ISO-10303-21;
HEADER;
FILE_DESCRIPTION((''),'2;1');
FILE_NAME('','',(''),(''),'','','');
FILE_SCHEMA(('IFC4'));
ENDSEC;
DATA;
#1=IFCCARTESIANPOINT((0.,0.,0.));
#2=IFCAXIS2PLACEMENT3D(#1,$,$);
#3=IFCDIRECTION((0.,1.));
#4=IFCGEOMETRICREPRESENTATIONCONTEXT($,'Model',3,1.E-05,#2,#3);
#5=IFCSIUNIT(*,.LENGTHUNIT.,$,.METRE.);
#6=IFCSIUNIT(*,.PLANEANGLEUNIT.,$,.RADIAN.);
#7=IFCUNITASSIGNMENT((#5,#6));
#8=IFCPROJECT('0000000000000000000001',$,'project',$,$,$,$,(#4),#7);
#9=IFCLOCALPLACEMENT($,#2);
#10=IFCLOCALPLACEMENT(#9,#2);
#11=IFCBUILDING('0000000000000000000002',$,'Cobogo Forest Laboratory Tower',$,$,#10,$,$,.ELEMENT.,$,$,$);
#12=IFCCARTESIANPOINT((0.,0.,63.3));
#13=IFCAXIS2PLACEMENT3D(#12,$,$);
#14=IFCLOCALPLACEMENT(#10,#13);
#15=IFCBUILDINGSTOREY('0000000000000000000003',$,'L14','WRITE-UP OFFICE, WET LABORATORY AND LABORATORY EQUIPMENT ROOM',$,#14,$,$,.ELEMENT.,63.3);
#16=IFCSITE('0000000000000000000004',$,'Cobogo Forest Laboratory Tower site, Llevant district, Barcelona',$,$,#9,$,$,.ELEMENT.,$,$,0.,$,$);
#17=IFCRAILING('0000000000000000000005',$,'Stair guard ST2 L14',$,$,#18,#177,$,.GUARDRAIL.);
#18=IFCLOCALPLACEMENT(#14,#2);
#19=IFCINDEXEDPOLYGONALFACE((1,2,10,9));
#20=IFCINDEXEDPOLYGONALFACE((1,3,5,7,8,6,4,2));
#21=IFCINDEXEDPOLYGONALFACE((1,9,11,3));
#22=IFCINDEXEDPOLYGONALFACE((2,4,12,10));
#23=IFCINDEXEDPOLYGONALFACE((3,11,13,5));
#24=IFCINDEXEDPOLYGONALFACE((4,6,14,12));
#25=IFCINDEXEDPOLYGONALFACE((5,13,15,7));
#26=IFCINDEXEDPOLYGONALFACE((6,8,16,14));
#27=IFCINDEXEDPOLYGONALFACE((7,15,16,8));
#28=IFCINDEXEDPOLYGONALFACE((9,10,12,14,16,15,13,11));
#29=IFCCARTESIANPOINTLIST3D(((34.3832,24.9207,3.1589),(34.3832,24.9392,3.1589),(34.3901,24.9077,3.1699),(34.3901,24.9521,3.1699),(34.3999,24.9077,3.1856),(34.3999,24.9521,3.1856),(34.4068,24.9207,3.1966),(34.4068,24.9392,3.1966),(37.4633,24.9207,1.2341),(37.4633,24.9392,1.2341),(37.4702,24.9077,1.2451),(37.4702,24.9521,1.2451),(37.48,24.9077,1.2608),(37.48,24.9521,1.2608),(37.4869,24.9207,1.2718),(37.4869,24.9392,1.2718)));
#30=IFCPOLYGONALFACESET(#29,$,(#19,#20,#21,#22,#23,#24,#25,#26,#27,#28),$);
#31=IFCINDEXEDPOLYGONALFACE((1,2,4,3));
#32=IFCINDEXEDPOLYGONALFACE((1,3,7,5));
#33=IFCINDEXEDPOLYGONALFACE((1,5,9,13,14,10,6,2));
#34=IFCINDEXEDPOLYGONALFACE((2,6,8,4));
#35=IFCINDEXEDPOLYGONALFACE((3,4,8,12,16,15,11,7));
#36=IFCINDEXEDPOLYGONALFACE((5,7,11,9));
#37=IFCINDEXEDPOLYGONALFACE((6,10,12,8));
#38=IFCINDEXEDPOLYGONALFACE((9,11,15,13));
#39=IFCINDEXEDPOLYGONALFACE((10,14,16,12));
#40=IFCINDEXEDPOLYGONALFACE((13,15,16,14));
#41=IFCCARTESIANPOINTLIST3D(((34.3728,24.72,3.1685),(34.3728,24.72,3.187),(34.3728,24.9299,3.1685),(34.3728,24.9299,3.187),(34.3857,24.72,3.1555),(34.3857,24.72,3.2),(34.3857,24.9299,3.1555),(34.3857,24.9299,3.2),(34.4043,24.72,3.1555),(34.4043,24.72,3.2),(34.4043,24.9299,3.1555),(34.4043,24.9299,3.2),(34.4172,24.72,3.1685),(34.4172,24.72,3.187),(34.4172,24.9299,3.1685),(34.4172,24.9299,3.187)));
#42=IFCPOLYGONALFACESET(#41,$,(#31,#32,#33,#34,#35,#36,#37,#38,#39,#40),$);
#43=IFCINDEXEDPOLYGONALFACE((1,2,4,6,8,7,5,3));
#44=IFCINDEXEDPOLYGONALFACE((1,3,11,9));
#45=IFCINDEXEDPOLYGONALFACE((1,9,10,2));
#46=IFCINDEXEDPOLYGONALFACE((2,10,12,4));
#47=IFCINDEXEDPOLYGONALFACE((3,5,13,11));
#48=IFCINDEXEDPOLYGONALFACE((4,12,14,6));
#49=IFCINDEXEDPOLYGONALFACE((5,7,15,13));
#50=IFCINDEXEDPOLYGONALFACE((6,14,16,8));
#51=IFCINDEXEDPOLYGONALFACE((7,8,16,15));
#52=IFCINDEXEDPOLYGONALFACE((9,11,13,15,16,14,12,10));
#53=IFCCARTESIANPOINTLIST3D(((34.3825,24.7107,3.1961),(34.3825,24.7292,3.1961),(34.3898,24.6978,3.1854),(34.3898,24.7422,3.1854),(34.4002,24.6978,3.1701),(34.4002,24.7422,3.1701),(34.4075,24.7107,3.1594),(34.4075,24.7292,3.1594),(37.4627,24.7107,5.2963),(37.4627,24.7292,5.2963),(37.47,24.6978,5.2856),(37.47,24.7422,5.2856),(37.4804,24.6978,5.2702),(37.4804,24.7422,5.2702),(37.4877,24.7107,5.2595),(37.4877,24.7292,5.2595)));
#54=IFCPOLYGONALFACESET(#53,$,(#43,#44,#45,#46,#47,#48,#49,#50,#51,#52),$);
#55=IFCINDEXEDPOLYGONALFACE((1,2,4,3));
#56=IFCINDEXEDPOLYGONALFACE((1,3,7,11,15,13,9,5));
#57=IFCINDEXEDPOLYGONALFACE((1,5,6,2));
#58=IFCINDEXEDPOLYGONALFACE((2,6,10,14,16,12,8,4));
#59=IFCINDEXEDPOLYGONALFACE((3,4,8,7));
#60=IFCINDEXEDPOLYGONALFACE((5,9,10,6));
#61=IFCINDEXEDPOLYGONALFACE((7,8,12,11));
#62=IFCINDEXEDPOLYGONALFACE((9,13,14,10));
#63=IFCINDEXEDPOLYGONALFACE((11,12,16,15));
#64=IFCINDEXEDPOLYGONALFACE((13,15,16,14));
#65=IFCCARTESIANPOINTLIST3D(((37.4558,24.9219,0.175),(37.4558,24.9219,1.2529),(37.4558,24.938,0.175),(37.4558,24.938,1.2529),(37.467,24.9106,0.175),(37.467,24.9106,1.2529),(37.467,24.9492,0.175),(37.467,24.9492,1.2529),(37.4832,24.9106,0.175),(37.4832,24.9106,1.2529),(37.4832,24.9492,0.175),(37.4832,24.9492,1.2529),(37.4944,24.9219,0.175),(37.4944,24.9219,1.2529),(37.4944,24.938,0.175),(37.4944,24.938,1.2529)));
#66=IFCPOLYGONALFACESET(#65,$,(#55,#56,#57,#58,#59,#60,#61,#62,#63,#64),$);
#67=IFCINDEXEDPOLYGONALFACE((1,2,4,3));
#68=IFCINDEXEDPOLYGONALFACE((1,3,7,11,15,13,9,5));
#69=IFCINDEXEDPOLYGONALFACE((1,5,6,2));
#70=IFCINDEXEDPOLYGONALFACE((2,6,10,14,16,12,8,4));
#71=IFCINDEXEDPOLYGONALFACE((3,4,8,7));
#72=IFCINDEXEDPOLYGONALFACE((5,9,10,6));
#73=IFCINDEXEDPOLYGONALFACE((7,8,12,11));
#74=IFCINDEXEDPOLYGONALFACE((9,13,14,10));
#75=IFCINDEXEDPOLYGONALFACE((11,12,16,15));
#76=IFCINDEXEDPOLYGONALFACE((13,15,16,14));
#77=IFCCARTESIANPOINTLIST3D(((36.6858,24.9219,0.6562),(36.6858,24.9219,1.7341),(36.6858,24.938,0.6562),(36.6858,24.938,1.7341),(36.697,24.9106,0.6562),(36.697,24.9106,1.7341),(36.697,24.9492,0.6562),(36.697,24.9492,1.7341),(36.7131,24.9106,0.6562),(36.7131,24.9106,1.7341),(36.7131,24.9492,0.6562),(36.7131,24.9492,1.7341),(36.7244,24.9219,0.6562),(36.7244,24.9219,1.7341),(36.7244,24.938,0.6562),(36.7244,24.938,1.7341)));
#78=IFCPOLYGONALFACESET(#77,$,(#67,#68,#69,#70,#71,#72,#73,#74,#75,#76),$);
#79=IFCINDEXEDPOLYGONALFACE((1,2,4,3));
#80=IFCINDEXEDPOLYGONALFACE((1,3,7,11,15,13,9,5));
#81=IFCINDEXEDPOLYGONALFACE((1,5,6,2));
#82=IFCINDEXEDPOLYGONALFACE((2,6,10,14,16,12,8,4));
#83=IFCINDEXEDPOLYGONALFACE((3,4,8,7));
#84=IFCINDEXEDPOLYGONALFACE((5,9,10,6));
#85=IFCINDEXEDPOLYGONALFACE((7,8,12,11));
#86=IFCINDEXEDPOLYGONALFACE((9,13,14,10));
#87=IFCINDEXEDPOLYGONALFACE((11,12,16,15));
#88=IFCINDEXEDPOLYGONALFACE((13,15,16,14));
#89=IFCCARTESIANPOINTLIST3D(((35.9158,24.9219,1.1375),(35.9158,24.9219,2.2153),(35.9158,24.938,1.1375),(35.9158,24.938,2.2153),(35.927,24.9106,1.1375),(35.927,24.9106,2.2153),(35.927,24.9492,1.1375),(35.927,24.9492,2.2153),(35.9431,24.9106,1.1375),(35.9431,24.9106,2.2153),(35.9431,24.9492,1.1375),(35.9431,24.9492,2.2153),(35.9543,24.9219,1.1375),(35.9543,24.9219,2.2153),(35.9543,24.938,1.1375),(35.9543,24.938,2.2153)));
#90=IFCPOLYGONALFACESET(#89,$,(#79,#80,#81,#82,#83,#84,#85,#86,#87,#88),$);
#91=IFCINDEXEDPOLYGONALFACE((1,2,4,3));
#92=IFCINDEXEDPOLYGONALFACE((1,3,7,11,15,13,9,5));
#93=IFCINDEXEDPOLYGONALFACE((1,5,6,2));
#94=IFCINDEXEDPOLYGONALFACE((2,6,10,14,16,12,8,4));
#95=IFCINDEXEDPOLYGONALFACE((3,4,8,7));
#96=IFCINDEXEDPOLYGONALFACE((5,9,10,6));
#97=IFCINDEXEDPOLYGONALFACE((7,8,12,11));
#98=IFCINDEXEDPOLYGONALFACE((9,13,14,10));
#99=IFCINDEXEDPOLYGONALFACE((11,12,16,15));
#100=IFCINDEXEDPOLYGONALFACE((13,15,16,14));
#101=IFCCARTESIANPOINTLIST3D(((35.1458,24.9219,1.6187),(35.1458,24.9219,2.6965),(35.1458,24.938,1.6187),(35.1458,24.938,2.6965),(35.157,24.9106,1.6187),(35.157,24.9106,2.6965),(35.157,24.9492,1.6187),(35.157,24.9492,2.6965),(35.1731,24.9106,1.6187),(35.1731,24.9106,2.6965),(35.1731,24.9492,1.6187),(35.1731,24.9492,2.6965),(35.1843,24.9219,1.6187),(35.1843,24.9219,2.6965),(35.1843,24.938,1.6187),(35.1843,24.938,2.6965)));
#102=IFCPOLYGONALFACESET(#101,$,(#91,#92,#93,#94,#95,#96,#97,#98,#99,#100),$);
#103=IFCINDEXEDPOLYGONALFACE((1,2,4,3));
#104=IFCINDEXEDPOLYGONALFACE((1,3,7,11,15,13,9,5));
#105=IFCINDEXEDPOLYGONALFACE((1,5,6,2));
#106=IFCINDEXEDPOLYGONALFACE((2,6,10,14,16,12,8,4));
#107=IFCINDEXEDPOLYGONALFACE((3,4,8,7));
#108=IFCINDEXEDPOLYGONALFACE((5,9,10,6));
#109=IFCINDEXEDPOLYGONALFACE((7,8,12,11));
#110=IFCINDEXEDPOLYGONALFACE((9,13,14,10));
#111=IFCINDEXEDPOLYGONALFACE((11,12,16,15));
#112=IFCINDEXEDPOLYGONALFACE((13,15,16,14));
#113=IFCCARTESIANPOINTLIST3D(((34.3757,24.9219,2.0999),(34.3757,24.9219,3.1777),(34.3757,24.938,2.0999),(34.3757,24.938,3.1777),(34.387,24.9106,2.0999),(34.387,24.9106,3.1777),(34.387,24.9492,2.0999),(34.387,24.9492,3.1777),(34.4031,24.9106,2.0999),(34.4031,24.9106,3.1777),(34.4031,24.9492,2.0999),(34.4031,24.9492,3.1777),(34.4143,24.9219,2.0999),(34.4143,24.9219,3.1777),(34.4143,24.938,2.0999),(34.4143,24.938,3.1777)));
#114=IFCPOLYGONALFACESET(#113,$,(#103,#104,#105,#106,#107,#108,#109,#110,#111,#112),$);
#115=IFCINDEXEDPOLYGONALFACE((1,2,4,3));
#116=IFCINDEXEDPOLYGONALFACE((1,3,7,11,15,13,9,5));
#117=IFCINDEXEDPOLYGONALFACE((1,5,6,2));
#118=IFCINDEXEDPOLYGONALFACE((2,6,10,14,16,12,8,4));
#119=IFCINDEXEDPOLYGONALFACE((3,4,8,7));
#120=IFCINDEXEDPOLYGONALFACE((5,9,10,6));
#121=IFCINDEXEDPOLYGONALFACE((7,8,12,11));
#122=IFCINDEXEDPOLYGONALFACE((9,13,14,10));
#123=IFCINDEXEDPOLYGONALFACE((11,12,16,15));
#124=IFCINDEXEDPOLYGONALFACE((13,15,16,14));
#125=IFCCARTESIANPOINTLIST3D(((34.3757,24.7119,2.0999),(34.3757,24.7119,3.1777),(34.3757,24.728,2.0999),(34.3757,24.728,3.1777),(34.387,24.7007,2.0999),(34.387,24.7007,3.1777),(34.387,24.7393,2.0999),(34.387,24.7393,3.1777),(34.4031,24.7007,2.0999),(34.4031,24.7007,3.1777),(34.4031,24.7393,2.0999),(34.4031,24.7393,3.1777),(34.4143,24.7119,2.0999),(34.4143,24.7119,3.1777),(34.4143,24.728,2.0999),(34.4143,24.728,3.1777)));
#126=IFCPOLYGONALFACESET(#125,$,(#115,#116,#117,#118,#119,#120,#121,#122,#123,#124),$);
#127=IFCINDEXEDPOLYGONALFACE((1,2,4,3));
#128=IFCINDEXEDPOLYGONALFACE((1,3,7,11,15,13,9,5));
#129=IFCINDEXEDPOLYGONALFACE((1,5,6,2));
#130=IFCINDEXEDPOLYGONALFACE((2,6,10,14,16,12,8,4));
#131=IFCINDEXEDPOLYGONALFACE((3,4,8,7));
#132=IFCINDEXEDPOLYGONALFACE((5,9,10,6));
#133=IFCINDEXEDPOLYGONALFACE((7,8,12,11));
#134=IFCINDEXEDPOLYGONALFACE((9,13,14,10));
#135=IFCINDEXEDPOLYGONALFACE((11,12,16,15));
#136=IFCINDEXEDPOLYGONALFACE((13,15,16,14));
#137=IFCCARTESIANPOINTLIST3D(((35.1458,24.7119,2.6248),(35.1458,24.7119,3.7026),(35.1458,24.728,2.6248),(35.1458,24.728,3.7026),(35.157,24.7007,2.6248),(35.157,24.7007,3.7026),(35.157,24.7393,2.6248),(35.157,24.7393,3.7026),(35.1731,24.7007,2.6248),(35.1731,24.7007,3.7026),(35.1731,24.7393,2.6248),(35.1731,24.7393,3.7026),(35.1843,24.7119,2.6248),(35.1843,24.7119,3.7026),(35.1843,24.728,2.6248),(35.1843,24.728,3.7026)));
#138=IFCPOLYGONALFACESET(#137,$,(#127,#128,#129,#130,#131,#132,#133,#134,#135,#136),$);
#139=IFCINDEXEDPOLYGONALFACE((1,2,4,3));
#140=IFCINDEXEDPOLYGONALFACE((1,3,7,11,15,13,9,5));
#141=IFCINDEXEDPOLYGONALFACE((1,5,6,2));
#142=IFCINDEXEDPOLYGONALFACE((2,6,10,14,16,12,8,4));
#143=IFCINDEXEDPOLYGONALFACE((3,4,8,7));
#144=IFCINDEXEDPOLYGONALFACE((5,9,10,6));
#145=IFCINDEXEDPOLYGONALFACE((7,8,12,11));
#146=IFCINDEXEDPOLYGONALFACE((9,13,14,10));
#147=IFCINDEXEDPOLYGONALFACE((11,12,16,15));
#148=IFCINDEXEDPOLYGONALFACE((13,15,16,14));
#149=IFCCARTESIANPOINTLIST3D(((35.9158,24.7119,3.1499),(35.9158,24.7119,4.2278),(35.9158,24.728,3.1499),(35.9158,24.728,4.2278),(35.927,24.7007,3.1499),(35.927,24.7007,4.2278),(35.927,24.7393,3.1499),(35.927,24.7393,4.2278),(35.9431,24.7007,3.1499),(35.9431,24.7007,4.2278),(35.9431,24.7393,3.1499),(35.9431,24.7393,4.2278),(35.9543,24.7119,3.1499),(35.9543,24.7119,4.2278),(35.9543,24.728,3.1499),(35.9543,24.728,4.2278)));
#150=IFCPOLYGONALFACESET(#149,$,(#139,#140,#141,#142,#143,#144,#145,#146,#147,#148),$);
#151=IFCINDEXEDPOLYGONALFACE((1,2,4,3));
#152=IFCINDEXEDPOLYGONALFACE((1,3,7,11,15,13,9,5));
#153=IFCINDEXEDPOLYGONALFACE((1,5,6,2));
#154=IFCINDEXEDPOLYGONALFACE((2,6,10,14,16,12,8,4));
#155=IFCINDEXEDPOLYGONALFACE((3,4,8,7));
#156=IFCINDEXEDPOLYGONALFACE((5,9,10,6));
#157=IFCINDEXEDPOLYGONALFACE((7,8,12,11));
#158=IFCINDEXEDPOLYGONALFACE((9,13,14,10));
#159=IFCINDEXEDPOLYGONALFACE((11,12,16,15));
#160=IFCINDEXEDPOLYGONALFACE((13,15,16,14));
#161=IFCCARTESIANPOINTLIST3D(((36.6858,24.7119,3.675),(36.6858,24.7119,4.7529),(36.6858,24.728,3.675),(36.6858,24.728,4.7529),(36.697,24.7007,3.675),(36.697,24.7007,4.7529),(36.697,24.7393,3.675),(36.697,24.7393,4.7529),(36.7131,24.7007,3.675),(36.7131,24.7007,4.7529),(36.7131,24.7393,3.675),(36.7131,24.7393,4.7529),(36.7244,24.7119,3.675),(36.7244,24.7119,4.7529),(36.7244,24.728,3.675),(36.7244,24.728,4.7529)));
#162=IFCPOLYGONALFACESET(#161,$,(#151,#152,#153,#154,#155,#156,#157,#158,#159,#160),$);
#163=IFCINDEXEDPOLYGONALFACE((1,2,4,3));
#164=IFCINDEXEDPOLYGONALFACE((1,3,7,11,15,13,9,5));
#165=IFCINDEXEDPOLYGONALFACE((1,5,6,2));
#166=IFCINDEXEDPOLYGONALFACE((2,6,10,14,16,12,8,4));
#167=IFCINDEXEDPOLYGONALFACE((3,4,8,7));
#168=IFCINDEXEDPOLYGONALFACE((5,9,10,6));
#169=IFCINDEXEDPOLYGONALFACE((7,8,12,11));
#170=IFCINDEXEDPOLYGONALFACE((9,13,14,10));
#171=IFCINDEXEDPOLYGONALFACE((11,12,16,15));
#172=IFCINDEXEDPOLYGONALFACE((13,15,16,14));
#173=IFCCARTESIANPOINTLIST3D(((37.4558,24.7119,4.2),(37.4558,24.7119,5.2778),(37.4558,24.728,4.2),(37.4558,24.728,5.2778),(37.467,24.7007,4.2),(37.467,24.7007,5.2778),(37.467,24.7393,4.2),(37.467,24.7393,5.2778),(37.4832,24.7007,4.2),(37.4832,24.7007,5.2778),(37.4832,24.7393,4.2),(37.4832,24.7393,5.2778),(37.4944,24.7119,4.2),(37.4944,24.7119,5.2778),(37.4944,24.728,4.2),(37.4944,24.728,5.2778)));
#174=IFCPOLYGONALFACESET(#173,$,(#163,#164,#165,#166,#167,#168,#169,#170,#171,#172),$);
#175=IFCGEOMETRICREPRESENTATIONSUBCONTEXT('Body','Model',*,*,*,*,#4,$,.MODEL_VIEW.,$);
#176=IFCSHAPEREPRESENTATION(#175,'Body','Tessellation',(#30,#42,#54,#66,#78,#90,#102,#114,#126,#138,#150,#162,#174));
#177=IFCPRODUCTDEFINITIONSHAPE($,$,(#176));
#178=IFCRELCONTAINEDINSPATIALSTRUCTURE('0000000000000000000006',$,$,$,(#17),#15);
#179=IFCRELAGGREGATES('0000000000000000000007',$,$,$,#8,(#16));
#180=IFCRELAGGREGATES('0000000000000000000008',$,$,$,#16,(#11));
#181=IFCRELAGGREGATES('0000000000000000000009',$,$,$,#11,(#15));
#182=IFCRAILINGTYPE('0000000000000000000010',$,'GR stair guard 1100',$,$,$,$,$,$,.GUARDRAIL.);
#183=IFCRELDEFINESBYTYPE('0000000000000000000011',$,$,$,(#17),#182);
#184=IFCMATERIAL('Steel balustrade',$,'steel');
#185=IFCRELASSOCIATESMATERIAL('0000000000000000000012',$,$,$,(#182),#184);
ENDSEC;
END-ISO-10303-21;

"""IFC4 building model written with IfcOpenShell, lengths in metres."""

from ifc_helpers import new_model, si_unit, direction, frame, origin, place, context, subcontext, project, spatial, polyline, outline, extrude, material, type_object, element, save


model = new_model("IFC4")

# Units and contexts
model_context = context("Model", 3, precision=1e-05, world=origin(), true_north=direction((0.0, 1.0)))
body_context = subcontext(model_context, "Body", "Model", "MODEL_VIEW")
ifc_project = project(units=[si_unit("LENGTHUNIT", "METRE"), si_unit("PLANEANGLEUNIT", "RADIAN")], contexts=[model_context])

# Site, building, storey
site_placement = place(None, origin())
site = spatial("IfcSite", under=ifc_project, at=site_placement, Name="Cobogo Forest Laboratory Tower site, Llevant district, Barcelona", CompositionType="ELEMENT", RefElevation=0.0)
building_placement = place(site_placement, origin())
building = spatial("IfcBuilding", under=site, at=building_placement, Name="Cobogo Forest Laboratory Tower", CompositionType="ELEMENT")
storey_placement = place(building_placement, frame((0.0, 0.0, 63.3)))
storey = spatial("IfcBuildingStorey", under=building, at=storey_placement, Name="L14", Description="WRITE-UP OFFICE, WET LABORATORY AND LABORATORY EQUIPMENT ROOM", CompositionType="ELEMENT", Elevation=63.3)

# Railing
ifc_material_1 = material(Name="Steel balustrade", Category="steel")
railing_type_1 = type_object("IfcRailingType", Name="GR stair guard 1100", PredefinedType="GUARDRAIL", material=ifc_material_1)
railing_1_placement = place(storey_placement, frame((37.4751, 24.9299, 0.175)))
element("IfcRailing", 1, at=railing_1_placement, inside=storey, type_object=railing_type_1, Name="Stair guard ST2 L14", PredefinedType="GUARDRAIL", context=body_context, shape_type="SweptSolid", body=[
    extrude(outline(polyline([(0.0222, 0.0093), (0.0093, 0.0222), (-0.0093, 0.0222), (-0.0222, 0.0093), (-0.0222, -0.0093), (-0.0093, -0.0222), (0.0093, -0.0222), (0.0222, -0.0093), (0.0222, 0.0093)])), frame((0.0, 0.0, 1.0779), z_axis=(-0.848029, 0.0, 0.529951), x_axis=(0.0, -1.0, 0.0)), (0.0, 0.0, 1.0), 3.6321),
    extrude(outline(polyline([(0.0222, 0.0093), (0.0093, 0.0222), (-0.0093, 0.0222), (-0.0222, 0.0093), (-0.0222, -0.0093), (-0.0093, -0.0222), (0.0093, -0.0222), (0.0222, -0.0093), (0.0222, 0.0093)])), frame((-3.0801, 0.0, 3.0027), z_axis=(0.0, -1.0, 0.0), x_axis=(1.0, 0.0, 0.0)), (0.0, 0.0, 1.0), 0.21),
    extrude(outline(polyline([(0.0222, 0.0093), (0.0093, 0.0222), (-0.0093, 0.0222), (-0.0222, 0.0093), (-0.0222, -0.0093), (-0.0093, -0.0222), (0.0093, -0.0222), (0.0222, -0.0093), (0.0222, 0.0093)])), frame((-3.0801, -0.21, 3.0027), z_axis=(0.826222, 0.0, 0.563345), x_axis=(0.0, 1.0, 0.0)), (0.0, 0.0, 1.0), 3.728),
    extrude(outline(polyline([(0.0193, 0.0081), (0.0081, 0.0193), (-0.0081, 0.0193), (-0.0193, 0.0081), (-0.0193, -0.0081), (-0.0081, -0.0193), (0.0081, -0.0193), (0.0193, -0.0081), (0.0193, 0.0081)])), origin(), (0.0, 0.0, 1.0), 1.0779),
    extrude(outline(polyline([(0.0193, 0.0081), (0.0081, 0.0193), (-0.0081, 0.0193), (-0.0193, 0.0081), (-0.0193, -0.0081), (-0.0081, -0.0193), (0.0081, -0.0193), (0.0193, -0.0081), (0.0193, 0.0081)])), frame((-0.77, 0.0, 0.4812)), (0.0, 0.0, 1.0), 1.0779),
    extrude(outline(polyline([(0.0193, 0.0081), (0.0081, 0.0193), (-0.0081, 0.0193), (-0.0193, 0.0081), (-0.0193, -0.0081), (-0.0081, -0.0193), (0.0081, -0.0193), (0.0193, -0.0081), (0.0193, 0.0081)])), frame((-1.54, 0.0, 0.9624)), (0.0, 0.0, 1.0), 1.0779),
    extrude(outline(polyline([(0.0193, 0.0081), (0.0081, 0.0193), (-0.0081, 0.0193), (-0.0193, 0.0081), (-0.0193, -0.0081), (-0.0081, -0.0193), (0.0081, -0.0193), (0.0193, -0.0081), (0.0193, 0.0081)])), frame((-2.3101, 0.0, 1.4436)), (0.0, 0.0, 1.0), 1.0779),
    extrude(outline(polyline([(0.0193, 0.0081), (0.0081, 0.0193), (-0.0081, 0.0193), (-0.0193, 0.0081), (-0.0193, -0.0081), (-0.0081, -0.0193), (0.0081, -0.0193), (0.0193, -0.0081), (0.0193, 0.0081)])), frame((-3.0801, 0.0, 1.9248)), (0.0, 0.0, 1.0), 1.0779),
    extrude(outline(polyline([(0.0193, 0.0081), (0.0081, 0.0193), (-0.0081, 0.0193), (-0.0193, 0.0081), (-0.0193, -0.0081), (-0.0081, -0.0193), (0.0081, -0.0193), (0.0193, -0.0081), (0.0193, 0.0081)])), frame((-3.0801, -0.21, 1.9248)), (0.0, 0.0, 1.0), 1.0779),
    extrude(outline(polyline([(0.0193, 0.0081), (0.0081, 0.0193), (-0.0081, 0.0193), (-0.0193, 0.0081), (-0.0193, -0.0081), (-0.0081, -0.0193), (0.0081, -0.0193), (0.0193, -0.0081), (0.0193, 0.0081)])), frame((-2.3101, -0.21, 2.4497)), (0.0, 0.0, 1.0), 1.0779),
    extrude(outline(polyline([(0.0193, 0.0081), (0.0081, 0.0193), (-0.0081, 0.0193), (-0.0193, 0.0081), (-0.0193, -0.0081), (-0.0081, -0.0193), (0.0081, -0.0193), (0.0193, -0.0081), (0.0193, 0.0081)])), frame((-1.54, -0.21, 2.9749)), (0.0, 0.0, 1.0), 1.0779),
    extrude(outline(polyline([(0.0193, 0.0081), (0.0081, 0.0193), (-0.0081, 0.0193), (-0.0193, 0.0081), (-0.0193, -0.0081), (-0.0081, -0.0193), (0.0081, -0.0193), (0.0193, -0.0081), (0.0193, 0.0081)])), frame((-0.77, -0.21, 3.5)), (0.0, 0.0, 1.0), 1.0779),
    extrude(outline(polyline([(0.0193, 0.0081), (0.0081, 0.0193), (-0.0081, 0.0193), (-0.0193, 0.0081), (-0.0193, -0.0081), (-0.0081, -0.0193), (0.0081, -0.0193), (0.0193, -0.0081), (0.0193, 0.0081)])), frame((0.0, -0.21, 4.0249)), (0.0, 0.0, 1.0), 1.0779),
])

save(model, "model.ifc")
